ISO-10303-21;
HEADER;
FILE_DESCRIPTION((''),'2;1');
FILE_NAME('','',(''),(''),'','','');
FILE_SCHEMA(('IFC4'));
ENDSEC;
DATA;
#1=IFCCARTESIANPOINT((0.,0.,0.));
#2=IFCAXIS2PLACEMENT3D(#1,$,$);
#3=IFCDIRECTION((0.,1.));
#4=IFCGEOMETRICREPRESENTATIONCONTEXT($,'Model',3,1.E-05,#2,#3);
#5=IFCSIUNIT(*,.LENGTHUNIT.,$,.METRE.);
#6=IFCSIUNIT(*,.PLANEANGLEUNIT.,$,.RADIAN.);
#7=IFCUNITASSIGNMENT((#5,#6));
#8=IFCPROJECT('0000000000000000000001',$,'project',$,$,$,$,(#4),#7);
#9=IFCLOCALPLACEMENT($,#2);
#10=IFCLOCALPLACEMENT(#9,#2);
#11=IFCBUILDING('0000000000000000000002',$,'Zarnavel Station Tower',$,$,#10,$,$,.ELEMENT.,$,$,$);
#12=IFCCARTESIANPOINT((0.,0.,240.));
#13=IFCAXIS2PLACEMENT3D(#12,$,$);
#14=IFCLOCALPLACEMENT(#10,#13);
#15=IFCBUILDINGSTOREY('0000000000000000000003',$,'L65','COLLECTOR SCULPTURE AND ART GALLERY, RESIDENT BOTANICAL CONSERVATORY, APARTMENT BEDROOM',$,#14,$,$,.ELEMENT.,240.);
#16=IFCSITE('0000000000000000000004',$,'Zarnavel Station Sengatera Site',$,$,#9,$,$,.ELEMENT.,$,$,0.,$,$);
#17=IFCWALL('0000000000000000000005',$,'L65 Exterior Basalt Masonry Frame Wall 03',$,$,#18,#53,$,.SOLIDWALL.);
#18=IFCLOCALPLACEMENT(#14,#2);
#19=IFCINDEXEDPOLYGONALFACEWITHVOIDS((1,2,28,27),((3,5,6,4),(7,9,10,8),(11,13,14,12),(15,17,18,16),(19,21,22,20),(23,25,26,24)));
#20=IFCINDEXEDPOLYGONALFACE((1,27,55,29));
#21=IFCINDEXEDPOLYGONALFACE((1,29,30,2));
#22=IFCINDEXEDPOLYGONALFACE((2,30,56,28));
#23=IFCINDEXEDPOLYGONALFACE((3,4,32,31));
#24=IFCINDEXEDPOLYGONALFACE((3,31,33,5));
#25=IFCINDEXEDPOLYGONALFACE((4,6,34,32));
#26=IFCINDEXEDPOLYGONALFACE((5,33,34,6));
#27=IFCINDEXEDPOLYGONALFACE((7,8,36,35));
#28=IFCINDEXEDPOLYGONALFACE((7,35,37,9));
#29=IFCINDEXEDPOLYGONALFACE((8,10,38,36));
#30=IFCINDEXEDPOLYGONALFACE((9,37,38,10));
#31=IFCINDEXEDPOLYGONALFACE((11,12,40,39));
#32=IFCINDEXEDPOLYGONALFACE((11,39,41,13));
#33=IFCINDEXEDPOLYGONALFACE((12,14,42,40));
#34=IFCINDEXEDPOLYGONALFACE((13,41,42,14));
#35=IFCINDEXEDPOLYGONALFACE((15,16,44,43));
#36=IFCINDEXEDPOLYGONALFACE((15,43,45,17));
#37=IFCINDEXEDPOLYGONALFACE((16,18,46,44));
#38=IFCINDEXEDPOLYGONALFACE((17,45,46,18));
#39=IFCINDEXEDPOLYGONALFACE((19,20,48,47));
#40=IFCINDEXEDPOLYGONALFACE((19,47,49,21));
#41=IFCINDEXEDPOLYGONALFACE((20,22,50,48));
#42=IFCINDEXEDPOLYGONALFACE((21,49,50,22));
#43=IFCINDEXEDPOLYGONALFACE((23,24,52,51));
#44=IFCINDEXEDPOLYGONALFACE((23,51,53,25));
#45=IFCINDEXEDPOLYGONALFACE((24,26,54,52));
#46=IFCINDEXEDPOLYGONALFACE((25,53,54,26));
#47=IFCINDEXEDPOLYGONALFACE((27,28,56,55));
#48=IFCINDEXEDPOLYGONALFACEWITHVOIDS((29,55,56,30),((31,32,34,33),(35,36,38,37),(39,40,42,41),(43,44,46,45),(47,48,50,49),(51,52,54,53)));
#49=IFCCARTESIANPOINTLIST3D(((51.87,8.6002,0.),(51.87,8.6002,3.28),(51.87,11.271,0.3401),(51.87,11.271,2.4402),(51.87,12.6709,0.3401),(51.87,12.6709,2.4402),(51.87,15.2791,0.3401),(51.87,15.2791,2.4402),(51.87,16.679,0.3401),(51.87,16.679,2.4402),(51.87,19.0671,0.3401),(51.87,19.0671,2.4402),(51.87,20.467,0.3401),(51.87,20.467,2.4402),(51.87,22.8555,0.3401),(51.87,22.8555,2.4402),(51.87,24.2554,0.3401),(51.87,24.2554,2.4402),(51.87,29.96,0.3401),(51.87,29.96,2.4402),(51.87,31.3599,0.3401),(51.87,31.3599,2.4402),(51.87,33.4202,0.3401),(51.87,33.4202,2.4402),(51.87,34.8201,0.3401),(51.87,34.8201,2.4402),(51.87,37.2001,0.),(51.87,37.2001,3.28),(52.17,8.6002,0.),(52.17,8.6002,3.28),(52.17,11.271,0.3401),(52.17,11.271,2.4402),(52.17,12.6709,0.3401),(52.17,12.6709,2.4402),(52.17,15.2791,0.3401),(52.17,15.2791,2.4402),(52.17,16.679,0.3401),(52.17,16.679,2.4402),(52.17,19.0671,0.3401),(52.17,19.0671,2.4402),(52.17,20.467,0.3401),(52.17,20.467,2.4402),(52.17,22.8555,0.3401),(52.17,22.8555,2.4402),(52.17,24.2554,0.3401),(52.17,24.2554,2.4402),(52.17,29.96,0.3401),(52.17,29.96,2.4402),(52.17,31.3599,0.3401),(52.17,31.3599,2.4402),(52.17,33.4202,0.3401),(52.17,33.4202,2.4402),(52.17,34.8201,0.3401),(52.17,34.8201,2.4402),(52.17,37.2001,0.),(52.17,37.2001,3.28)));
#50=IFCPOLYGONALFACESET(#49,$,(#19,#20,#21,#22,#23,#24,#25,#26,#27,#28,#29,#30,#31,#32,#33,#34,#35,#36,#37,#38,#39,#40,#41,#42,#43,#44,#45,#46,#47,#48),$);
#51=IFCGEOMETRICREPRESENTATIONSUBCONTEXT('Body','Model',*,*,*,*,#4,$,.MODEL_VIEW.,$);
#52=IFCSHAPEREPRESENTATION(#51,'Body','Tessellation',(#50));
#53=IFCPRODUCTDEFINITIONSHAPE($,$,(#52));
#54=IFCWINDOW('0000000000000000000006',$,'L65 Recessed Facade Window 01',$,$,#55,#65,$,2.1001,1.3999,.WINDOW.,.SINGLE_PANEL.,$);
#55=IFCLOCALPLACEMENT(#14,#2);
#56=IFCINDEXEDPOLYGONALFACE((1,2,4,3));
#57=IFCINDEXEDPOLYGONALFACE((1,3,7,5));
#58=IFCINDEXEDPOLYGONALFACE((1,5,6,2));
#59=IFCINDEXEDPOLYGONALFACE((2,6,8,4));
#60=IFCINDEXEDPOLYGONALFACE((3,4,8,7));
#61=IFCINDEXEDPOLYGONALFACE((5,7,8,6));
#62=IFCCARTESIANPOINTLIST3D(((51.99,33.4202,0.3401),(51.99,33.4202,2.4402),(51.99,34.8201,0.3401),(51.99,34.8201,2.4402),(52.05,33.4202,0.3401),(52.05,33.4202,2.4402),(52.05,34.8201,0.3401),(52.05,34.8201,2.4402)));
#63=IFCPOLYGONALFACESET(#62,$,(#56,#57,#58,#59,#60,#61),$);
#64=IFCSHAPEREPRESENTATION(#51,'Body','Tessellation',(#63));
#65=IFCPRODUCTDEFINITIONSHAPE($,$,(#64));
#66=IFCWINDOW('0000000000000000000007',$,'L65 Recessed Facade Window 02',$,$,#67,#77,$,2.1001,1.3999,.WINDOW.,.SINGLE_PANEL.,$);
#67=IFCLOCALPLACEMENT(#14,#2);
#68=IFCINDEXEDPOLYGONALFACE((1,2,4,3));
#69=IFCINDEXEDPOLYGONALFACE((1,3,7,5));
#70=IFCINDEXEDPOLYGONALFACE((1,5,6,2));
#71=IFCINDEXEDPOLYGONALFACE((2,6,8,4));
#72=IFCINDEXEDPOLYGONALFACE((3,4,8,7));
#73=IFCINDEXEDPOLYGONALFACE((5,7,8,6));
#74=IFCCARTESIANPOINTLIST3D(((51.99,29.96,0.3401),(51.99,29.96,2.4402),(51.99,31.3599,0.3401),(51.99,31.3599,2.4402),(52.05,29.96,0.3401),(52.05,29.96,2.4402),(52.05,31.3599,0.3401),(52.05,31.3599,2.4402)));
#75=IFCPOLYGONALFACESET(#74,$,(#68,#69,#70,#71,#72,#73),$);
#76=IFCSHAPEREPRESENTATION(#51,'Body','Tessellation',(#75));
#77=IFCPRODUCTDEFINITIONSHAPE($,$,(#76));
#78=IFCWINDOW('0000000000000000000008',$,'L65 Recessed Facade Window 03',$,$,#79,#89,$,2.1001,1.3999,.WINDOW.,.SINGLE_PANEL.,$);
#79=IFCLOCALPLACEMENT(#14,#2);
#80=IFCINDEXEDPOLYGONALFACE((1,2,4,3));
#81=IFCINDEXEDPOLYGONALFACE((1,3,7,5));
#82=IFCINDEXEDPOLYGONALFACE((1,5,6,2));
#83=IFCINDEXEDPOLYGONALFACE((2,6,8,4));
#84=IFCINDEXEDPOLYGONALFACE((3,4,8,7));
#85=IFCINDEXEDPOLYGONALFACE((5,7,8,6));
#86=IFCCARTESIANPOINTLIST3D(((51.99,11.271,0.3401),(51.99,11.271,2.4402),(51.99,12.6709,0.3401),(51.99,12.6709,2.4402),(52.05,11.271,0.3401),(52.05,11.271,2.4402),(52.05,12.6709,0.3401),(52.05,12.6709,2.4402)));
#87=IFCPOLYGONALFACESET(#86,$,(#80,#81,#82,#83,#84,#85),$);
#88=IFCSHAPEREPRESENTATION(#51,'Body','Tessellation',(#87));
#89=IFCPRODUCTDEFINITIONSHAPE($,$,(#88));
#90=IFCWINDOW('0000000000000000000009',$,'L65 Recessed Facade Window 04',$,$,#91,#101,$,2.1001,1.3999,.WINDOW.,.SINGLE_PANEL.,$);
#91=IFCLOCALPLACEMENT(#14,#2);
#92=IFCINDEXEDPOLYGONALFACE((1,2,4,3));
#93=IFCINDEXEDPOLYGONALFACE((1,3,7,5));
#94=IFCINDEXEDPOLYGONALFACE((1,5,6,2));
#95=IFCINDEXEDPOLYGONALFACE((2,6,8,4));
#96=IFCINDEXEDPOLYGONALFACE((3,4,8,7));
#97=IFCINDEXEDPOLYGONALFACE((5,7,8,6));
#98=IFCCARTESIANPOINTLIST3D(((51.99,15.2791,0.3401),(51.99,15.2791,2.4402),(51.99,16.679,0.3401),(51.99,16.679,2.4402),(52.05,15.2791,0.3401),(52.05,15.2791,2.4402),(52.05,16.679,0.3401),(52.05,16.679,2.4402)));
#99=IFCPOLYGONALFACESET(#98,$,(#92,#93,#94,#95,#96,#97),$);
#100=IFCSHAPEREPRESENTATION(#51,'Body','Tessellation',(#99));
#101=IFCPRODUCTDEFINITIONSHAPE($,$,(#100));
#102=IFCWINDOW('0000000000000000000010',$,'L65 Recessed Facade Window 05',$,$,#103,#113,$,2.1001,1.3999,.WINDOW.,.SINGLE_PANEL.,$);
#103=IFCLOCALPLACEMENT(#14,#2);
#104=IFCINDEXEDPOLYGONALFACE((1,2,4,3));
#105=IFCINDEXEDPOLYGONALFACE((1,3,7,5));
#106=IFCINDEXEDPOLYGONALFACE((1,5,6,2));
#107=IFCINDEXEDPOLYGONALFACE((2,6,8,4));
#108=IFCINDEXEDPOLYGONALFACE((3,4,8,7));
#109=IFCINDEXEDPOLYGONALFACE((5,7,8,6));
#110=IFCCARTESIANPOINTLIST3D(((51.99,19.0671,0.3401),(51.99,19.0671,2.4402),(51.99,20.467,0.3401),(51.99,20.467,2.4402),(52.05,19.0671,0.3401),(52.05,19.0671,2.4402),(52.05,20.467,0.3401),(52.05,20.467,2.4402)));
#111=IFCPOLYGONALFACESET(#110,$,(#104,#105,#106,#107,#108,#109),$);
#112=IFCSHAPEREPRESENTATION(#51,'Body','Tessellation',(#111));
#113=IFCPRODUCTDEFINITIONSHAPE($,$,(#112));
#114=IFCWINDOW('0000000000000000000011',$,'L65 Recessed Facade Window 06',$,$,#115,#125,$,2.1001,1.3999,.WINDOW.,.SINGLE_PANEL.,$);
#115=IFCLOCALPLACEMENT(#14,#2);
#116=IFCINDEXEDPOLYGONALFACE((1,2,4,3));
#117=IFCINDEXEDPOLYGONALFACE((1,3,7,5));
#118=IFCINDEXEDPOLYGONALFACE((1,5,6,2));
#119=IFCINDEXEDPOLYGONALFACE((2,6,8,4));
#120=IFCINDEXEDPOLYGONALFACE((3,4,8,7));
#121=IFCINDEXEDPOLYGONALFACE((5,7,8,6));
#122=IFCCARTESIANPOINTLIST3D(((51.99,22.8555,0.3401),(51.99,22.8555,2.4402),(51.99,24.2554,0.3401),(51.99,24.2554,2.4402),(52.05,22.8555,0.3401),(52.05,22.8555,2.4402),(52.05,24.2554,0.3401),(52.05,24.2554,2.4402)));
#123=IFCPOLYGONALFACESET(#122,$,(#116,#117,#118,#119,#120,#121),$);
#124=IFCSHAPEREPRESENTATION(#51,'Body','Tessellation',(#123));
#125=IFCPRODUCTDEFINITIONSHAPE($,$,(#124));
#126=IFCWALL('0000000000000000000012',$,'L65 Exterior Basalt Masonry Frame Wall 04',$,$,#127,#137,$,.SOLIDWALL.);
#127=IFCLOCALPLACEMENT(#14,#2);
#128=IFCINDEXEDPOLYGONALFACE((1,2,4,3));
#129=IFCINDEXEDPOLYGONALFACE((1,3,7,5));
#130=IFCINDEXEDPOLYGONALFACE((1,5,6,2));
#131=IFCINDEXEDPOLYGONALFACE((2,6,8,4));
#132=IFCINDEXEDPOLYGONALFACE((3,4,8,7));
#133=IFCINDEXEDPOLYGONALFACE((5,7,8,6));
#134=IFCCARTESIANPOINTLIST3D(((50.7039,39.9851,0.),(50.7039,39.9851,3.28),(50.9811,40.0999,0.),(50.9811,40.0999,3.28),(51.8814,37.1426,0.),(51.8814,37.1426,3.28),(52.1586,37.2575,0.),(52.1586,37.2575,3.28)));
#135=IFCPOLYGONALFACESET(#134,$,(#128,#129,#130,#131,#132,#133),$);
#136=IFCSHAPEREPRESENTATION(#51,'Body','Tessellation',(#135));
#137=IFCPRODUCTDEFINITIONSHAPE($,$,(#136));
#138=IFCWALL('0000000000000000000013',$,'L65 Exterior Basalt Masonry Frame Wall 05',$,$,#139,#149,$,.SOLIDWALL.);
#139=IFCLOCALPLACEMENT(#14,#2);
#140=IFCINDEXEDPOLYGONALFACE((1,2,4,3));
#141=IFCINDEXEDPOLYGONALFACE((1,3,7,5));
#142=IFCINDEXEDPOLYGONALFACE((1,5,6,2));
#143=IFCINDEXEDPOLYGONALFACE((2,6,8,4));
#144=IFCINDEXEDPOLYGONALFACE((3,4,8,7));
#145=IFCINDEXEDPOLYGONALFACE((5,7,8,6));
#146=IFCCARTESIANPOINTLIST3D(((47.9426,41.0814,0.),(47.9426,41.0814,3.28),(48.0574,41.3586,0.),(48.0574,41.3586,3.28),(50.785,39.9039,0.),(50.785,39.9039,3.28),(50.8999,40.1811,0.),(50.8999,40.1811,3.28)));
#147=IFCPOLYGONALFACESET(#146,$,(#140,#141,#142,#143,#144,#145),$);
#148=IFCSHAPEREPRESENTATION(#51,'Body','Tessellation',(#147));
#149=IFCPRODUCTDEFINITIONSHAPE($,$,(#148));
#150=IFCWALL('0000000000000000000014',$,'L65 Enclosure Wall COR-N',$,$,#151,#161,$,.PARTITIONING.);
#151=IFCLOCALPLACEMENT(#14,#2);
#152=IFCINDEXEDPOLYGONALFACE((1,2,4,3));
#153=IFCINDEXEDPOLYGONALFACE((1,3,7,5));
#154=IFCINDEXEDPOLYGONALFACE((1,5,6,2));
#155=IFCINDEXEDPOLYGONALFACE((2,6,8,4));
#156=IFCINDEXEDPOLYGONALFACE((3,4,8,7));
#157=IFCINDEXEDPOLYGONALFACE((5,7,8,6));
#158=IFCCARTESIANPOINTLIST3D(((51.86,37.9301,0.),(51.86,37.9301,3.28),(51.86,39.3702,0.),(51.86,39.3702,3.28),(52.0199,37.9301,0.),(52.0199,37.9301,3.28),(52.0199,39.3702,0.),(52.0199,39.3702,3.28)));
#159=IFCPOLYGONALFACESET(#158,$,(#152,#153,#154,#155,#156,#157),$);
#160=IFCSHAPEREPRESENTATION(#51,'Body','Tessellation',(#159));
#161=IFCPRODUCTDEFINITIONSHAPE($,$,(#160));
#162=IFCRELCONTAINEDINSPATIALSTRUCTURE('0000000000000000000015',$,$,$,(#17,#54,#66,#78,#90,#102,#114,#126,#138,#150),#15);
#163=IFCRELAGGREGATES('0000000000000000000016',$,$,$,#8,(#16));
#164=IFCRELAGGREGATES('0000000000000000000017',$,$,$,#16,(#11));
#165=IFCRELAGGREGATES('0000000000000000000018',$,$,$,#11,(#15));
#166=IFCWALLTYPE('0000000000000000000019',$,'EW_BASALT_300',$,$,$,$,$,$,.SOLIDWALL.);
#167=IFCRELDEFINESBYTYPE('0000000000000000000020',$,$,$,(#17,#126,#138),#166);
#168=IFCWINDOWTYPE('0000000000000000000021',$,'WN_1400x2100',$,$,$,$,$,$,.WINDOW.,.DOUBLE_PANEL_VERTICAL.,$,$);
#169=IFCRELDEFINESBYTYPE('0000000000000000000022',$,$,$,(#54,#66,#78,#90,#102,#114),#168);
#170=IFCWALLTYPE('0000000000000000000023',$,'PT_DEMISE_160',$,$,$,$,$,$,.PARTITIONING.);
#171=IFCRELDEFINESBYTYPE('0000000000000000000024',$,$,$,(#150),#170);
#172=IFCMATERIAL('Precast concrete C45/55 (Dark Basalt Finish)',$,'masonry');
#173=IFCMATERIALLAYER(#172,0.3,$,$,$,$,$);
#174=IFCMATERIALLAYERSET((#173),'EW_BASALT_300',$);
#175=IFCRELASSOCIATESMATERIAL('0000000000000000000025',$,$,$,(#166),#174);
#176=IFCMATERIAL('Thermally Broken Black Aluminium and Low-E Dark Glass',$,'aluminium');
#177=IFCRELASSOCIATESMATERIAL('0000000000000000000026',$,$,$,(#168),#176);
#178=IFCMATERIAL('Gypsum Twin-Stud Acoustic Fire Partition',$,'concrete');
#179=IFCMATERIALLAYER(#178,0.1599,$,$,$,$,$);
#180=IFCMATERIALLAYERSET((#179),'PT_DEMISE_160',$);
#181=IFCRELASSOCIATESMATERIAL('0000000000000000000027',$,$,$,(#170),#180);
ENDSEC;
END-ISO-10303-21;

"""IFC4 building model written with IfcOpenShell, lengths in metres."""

from ifc_helpers import new_model, si_unit, direction, frame, frame_2d, origin, place, context, subcontext, project, spatial, rectangle, extrude, material, layer, layer_set, type_object, element, fill, save


model = new_model("IFC4")

# Units and contexts
model_context = context("Model", 3, precision=1e-05, world=origin(), true_north=direction((0.0, 1.0)))
body_context = subcontext(model_context, "Body", "Model", "MODEL_VIEW")
ifc_project = project(units=[si_unit("LENGTHUNIT", "METRE"), si_unit("PLANEANGLEUNIT", "RADIAN")], contexts=[model_context])

# Site, building, storey
site_placement = place(None, origin())
site = spatial("IfcSite", under=ifc_project, at=site_placement, Name="Zarnavel Station Sengatera Site", CompositionType="ELEMENT", RefElevation=0.0)
building_placement = place(site_placement, origin())
building = spatial("IfcBuilding", under=site, at=building_placement, Name="Zarnavel Station Tower", CompositionType="ELEMENT")
storey_placement = place(building_placement, frame((0.0, 0.0, 240.0)))
storey = spatial("IfcBuildingStorey", under=building, at=storey_placement, Name="L65", Description="COLLECTOR SCULPTURE AND ART GALLERY, RESIDENT BOTANICAL CONSERVATORY, APARTMENT BEDROOM", CompositionType="ELEMENT", Elevation=240.0)

# Wall, openings, windows
ifc_material_1 = material(Name="Precast concrete C45/55 (Dark Basalt Finish)", Category="masonry")
ifc_layer_1 = layer(ifc_material_1, 0.3)
ifc_layer_set_1 = layer_set([ifc_layer_1], Name="EW_BASALT_300")
wall_type_1 = type_object("IfcWallType", Name="EW_BASALT_300", PredefinedType="SOLIDWALL", material=ifc_layer_set_1)
wall_1_placement = place(storey_placement, frame((52.02, 37.2, 0.0), z_axis=(0.0, 0.0, 1.0), x_axis=(0.0, -1.0, 0.0)))
wall_1 = element("IfcWall", 1, at=wall_1_placement, inside=storey, type_object=wall_type_1, Name="L65 Exterior Basalt Masonry Frame Wall 03", PredefinedType="SOLIDWALL", context=body_context, shape_type="SweptSolid", body=[
    extrude(rectangle(XDim=28.5999, YDim=0.3, at=frame_2d((14.2998, 0.0))), origin(), (0.0, 0.0, 1.0), 3.28),
])
opening_1_placement = place(wall_1_placement, frame((2.3799, 0.0, 0.3401)))
opening_1 = element("IfcOpeningElement", 2, at=opening_1_placement, cuts=wall_1, PredefinedType="OPENING", context=body_context, shape_type="SweptSolid", body=[
    extrude(rectangle(XDim=1.3999, YDim=2.1001, at=frame_2d((0.7, 1.05))), frame((0.0, 0.1599, 0.0), z_axis=(0.0, -1.0, 0.0), x_axis=(1.0, 0.0, 0.0)), (0.0, 0.0, 1.0), 0.3201),
])
opening_2_placement = place(wall_1_placement, frame((5.8401, 0.0, 0.3401)))
opening_2 = element("IfcOpeningElement", 3, at=opening_2_placement, cuts=wall_1, PredefinedType="OPENING", context=body_context, shape_type="SweptSolid", body=[
    extrude(rectangle(XDim=1.3999, YDim=2.1001, at=frame_2d((0.7, 1.05))), frame((0.0, 0.1599, 0.0), z_axis=(0.0, -1.0, 0.0), x_axis=(1.0, 0.0, 0.0)), (0.0, 0.0, 1.0), 0.3201),
])
opening_3_placement = place(wall_1_placement, frame((24.5291, 0.0, 0.3401)))
opening_3 = element("IfcOpeningElement", 4, at=opening_3_placement, cuts=wall_1, PredefinedType="OPENING", context=body_context, shape_type="SweptSolid", body=[
    extrude(rectangle(XDim=1.3999, YDim=2.1001, at=frame_2d((0.7, 1.05))), frame((0.0, 0.1599, 0.0), z_axis=(0.0, -1.0, 0.0), x_axis=(1.0, 0.0, 0.0)), (0.0, 0.0, 1.0), 0.3201),
])
opening_4_placement = place(wall_1_placement, frame((20.521, 0.0, 0.3401)))
opening_4 = element("IfcOpeningElement", 5, at=opening_4_placement, cuts=wall_1, PredefinedType="OPENING", context=body_context, shape_type="SweptSolid", body=[
    extrude(rectangle(XDim=1.3999, YDim=2.1001, at=frame_2d((0.7, 1.05))), frame((0.0, 0.1599, 0.0), z_axis=(0.0, -1.0, 0.0), x_axis=(1.0, 0.0, 0.0)), (0.0, 0.0, 1.0), 0.3201),
])
opening_5_placement = place(wall_1_placement, frame((16.7329, 0.0, 0.3401)))
opening_5 = element("IfcOpeningElement", 6, at=opening_5_placement, cuts=wall_1, PredefinedType="OPENING", context=body_context, shape_type="SweptSolid", body=[
    extrude(rectangle(XDim=1.3999, YDim=2.1001, at=frame_2d((0.7, 1.05))), frame((0.0, 0.1599, 0.0), z_axis=(0.0, -1.0, 0.0), x_axis=(1.0, 0.0, 0.0)), (0.0, 0.0, 1.0), 0.3201),
])
opening_6_placement = place(wall_1_placement, frame((12.9446, 0.0, 0.3401)))
opening_6 = element("IfcOpeningElement", 7, at=opening_6_placement, cuts=wall_1, PredefinedType="OPENING", context=body_context, shape_type="SweptSolid", body=[
    extrude(rectangle(XDim=1.3999, YDim=2.1001, at=frame_2d((0.7, 1.05))), frame((0.0, 0.1599, 0.0), z_axis=(0.0, -1.0, 0.0), x_axis=(1.0, 0.0, 0.0)), (0.0, 0.0, 1.0), 0.3201),
])
ifc_material_2 = material(Name="Thermally Broken Black Aluminium and Low-E Dark Glass", Category="aluminium")
window_type = type_object("IfcWindowType", Name="WN_1400x2100", PartitioningType="DOUBLE_PANEL_VERTICAL", PredefinedType="WINDOW", material=ifc_material_2)
window_1_placement = place(opening_1_placement, origin())
window_1 = element("IfcWindow", 8, at=window_1_placement, inside=storey, type_object=window_type, Name="L65 Recessed Facade Window 01", OverallHeight=2.1001, OverallWidth=1.3999, PartitioningType="SINGLE_PANEL", PredefinedType="WINDOW", context=body_context, shape_type="SweptSolid", body=[
    extrude(rectangle(XDim=1.3999, YDim=2.1001, at=frame_2d((0.7, 1.05))), frame((0.0, 0.03, 0.0), z_axis=(0.0, -1.0, 0.0), x_axis=(1.0, 0.0, 0.0)), (0.0, 0.0, 1.0), 0.0601),
])
fill(opening_1, window_1)
window_2_placement = place(opening_2_placement, origin())
window_2 = element("IfcWindow", 9, at=window_2_placement, inside=storey, type_object=window_type, Name="L65 Recessed Facade Window 02", OverallHeight=2.1001, OverallWidth=1.3999, PartitioningType="SINGLE_PANEL", PredefinedType="WINDOW", context=body_context, shape_type="SweptSolid", body=[
    extrude(rectangle(XDim=1.3999, YDim=2.1001, at=frame_2d((0.7, 1.05))), frame((0.0, 0.03, 0.0), z_axis=(0.0, -1.0, 0.0), x_axis=(1.0, 0.0, 0.0)), (0.0, 0.0, 1.0), 0.0601),
])
fill(opening_2, window_2)
window_3_placement = place(opening_3_placement, origin())
window_3 = element("IfcWindow", 10, at=window_3_placement, inside=storey, type_object=window_type, Name="L65 Recessed Facade Window 03", OverallHeight=2.1001, OverallWidth=1.3999, PartitioningType="SINGLE_PANEL", PredefinedType="WINDOW", context=body_context, shape_type="SweptSolid", body=[
    extrude(rectangle(XDim=1.3999, YDim=2.1001, at=frame_2d((0.7, 1.05))), frame((0.0, 0.03, 0.0), z_axis=(0.0, -1.0, 0.0), x_axis=(1.0, 0.0, 0.0)), (0.0, 0.0, 1.0), 0.0601),
])
fill(opening_3, window_3)
window_4_placement = place(opening_4_placement, origin())
window_4 = element("IfcWindow", 11, at=window_4_placement, inside=storey, type_object=window_type, Name="L65 Recessed Facade Window 04", OverallHeight=2.1001, OverallWidth=1.3999, PartitioningType="SINGLE_PANEL", PredefinedType="WINDOW", context=body_context, shape_type="SweptSolid", body=[
    extrude(rectangle(XDim=1.3999, YDim=2.1001, at=frame_2d((0.7, 1.05))), frame((0.0, 0.03, 0.0), z_axis=(0.0, -1.0, 0.0), x_axis=(1.0, 0.0, 0.0)), (0.0, 0.0, 1.0), 0.0601),
])
fill(opening_4, window_4)
window_5_placement = place(opening_5_placement, origin())
window_5 = element("IfcWindow", 12, at=window_5_placement, inside=storey, type_object=window_type, Name="L65 Recessed Facade Window 05", OverallHeight=2.1001, OverallWidth=1.3999, PartitioningType="SINGLE_PANEL", PredefinedType="WINDOW", context=body_context, shape_type="SweptSolid", body=[
    extrude(rectangle(XDim=1.3999, YDim=2.1001, at=frame_2d((0.7, 1.05))), frame((0.0, 0.03, 0.0), z_axis=(0.0, -1.0, 0.0), x_axis=(1.0, 0.0, 0.0)), (0.0, 0.0, 1.0), 0.0601),
])
fill(opening_5, window_5)
window_6_placement = place(opening_6_placement, origin())
window_6 = element("IfcWindow", 13, at=window_6_placement, inside=storey, type_object=window_type, Name="L65 Recessed Facade Window 06", OverallHeight=2.1001, OverallWidth=1.3999, PartitioningType="SINGLE_PANEL", PredefinedType="WINDOW", context=body_context, shape_type="SweptSolid", body=[
    extrude(rectangle(XDim=1.3999, YDim=2.1001, at=frame_2d((0.7, 1.05))), frame((0.0, 0.03, 0.0), z_axis=(0.0, -1.0, 0.0), x_axis=(1.0, 0.0, 0.0)), (0.0, 0.0, 1.0), 0.0601),
])
fill(opening_6, window_6)

# Walls
for number, where, z_axis, x_axis, name in (
    (14, (50.8425, 40.0425, 0.0), (0.0, 0.0, 1.0), (0.382705, -0.923871, 0.0), "L65 Exterior Basalt Masonry Frame Wall 04"),
    (15, (48.0, 41.22, 0.0), (0.0, 0.0, 1.0), (0.923871, -0.382705, 0.0), "L65 Exterior Basalt Masonry Frame Wall 05"),
):
    element("IfcWall", number, at=place(storey_placement, frame(where, z_axis=z_axis, x_axis=x_axis)), inside=storey, type_object=wall_type_1, Name=name, PredefinedType="SOLIDWALL", context=body_context, shape_type="SweptSolid", body=[
        extrude(rectangle(XDim=3.0767, YDim=0.3, at=frame_2d((1.5383, 0.0))), origin(), (0.0, 0.0, 1.0), 3.28),
    ])
ifc_material_3 = material(Name="Gypsum Twin-Stud Acoustic Fire Partition", Category="concrete")
ifc_layer_2 = layer(ifc_material_3, 0.1599)
ifc_layer_set_2 = layer_set([ifc_layer_2], Name="PT_DEMISE_160")
wall_type_2 = type_object("IfcWallType", Name="PT_DEMISE_160", PredefinedType="PARTITIONING", material=ifc_layer_set_2)
wall_2_placement = place(storey_placement, frame((51.9399, 37.9299, 0.0), z_axis=(0.0, 0.0, 1.0), x_axis=(0.0, 1.0, 0.0)))
element("IfcWall", 16, at=wall_2_placement, inside=storey, type_object=wall_type_2, Name="L65 Enclosure Wall COR-N", PredefinedType="PARTITIONING", context=body_context, shape_type="SweptSolid", body=[
    extrude(rectangle(XDim=1.4402, YDim=0.1599, at=frame_2d((0.7202, 0.0))), origin(), (0.0, 0.0, 1.0), 3.28),
])

save(model, "model.ifc")
